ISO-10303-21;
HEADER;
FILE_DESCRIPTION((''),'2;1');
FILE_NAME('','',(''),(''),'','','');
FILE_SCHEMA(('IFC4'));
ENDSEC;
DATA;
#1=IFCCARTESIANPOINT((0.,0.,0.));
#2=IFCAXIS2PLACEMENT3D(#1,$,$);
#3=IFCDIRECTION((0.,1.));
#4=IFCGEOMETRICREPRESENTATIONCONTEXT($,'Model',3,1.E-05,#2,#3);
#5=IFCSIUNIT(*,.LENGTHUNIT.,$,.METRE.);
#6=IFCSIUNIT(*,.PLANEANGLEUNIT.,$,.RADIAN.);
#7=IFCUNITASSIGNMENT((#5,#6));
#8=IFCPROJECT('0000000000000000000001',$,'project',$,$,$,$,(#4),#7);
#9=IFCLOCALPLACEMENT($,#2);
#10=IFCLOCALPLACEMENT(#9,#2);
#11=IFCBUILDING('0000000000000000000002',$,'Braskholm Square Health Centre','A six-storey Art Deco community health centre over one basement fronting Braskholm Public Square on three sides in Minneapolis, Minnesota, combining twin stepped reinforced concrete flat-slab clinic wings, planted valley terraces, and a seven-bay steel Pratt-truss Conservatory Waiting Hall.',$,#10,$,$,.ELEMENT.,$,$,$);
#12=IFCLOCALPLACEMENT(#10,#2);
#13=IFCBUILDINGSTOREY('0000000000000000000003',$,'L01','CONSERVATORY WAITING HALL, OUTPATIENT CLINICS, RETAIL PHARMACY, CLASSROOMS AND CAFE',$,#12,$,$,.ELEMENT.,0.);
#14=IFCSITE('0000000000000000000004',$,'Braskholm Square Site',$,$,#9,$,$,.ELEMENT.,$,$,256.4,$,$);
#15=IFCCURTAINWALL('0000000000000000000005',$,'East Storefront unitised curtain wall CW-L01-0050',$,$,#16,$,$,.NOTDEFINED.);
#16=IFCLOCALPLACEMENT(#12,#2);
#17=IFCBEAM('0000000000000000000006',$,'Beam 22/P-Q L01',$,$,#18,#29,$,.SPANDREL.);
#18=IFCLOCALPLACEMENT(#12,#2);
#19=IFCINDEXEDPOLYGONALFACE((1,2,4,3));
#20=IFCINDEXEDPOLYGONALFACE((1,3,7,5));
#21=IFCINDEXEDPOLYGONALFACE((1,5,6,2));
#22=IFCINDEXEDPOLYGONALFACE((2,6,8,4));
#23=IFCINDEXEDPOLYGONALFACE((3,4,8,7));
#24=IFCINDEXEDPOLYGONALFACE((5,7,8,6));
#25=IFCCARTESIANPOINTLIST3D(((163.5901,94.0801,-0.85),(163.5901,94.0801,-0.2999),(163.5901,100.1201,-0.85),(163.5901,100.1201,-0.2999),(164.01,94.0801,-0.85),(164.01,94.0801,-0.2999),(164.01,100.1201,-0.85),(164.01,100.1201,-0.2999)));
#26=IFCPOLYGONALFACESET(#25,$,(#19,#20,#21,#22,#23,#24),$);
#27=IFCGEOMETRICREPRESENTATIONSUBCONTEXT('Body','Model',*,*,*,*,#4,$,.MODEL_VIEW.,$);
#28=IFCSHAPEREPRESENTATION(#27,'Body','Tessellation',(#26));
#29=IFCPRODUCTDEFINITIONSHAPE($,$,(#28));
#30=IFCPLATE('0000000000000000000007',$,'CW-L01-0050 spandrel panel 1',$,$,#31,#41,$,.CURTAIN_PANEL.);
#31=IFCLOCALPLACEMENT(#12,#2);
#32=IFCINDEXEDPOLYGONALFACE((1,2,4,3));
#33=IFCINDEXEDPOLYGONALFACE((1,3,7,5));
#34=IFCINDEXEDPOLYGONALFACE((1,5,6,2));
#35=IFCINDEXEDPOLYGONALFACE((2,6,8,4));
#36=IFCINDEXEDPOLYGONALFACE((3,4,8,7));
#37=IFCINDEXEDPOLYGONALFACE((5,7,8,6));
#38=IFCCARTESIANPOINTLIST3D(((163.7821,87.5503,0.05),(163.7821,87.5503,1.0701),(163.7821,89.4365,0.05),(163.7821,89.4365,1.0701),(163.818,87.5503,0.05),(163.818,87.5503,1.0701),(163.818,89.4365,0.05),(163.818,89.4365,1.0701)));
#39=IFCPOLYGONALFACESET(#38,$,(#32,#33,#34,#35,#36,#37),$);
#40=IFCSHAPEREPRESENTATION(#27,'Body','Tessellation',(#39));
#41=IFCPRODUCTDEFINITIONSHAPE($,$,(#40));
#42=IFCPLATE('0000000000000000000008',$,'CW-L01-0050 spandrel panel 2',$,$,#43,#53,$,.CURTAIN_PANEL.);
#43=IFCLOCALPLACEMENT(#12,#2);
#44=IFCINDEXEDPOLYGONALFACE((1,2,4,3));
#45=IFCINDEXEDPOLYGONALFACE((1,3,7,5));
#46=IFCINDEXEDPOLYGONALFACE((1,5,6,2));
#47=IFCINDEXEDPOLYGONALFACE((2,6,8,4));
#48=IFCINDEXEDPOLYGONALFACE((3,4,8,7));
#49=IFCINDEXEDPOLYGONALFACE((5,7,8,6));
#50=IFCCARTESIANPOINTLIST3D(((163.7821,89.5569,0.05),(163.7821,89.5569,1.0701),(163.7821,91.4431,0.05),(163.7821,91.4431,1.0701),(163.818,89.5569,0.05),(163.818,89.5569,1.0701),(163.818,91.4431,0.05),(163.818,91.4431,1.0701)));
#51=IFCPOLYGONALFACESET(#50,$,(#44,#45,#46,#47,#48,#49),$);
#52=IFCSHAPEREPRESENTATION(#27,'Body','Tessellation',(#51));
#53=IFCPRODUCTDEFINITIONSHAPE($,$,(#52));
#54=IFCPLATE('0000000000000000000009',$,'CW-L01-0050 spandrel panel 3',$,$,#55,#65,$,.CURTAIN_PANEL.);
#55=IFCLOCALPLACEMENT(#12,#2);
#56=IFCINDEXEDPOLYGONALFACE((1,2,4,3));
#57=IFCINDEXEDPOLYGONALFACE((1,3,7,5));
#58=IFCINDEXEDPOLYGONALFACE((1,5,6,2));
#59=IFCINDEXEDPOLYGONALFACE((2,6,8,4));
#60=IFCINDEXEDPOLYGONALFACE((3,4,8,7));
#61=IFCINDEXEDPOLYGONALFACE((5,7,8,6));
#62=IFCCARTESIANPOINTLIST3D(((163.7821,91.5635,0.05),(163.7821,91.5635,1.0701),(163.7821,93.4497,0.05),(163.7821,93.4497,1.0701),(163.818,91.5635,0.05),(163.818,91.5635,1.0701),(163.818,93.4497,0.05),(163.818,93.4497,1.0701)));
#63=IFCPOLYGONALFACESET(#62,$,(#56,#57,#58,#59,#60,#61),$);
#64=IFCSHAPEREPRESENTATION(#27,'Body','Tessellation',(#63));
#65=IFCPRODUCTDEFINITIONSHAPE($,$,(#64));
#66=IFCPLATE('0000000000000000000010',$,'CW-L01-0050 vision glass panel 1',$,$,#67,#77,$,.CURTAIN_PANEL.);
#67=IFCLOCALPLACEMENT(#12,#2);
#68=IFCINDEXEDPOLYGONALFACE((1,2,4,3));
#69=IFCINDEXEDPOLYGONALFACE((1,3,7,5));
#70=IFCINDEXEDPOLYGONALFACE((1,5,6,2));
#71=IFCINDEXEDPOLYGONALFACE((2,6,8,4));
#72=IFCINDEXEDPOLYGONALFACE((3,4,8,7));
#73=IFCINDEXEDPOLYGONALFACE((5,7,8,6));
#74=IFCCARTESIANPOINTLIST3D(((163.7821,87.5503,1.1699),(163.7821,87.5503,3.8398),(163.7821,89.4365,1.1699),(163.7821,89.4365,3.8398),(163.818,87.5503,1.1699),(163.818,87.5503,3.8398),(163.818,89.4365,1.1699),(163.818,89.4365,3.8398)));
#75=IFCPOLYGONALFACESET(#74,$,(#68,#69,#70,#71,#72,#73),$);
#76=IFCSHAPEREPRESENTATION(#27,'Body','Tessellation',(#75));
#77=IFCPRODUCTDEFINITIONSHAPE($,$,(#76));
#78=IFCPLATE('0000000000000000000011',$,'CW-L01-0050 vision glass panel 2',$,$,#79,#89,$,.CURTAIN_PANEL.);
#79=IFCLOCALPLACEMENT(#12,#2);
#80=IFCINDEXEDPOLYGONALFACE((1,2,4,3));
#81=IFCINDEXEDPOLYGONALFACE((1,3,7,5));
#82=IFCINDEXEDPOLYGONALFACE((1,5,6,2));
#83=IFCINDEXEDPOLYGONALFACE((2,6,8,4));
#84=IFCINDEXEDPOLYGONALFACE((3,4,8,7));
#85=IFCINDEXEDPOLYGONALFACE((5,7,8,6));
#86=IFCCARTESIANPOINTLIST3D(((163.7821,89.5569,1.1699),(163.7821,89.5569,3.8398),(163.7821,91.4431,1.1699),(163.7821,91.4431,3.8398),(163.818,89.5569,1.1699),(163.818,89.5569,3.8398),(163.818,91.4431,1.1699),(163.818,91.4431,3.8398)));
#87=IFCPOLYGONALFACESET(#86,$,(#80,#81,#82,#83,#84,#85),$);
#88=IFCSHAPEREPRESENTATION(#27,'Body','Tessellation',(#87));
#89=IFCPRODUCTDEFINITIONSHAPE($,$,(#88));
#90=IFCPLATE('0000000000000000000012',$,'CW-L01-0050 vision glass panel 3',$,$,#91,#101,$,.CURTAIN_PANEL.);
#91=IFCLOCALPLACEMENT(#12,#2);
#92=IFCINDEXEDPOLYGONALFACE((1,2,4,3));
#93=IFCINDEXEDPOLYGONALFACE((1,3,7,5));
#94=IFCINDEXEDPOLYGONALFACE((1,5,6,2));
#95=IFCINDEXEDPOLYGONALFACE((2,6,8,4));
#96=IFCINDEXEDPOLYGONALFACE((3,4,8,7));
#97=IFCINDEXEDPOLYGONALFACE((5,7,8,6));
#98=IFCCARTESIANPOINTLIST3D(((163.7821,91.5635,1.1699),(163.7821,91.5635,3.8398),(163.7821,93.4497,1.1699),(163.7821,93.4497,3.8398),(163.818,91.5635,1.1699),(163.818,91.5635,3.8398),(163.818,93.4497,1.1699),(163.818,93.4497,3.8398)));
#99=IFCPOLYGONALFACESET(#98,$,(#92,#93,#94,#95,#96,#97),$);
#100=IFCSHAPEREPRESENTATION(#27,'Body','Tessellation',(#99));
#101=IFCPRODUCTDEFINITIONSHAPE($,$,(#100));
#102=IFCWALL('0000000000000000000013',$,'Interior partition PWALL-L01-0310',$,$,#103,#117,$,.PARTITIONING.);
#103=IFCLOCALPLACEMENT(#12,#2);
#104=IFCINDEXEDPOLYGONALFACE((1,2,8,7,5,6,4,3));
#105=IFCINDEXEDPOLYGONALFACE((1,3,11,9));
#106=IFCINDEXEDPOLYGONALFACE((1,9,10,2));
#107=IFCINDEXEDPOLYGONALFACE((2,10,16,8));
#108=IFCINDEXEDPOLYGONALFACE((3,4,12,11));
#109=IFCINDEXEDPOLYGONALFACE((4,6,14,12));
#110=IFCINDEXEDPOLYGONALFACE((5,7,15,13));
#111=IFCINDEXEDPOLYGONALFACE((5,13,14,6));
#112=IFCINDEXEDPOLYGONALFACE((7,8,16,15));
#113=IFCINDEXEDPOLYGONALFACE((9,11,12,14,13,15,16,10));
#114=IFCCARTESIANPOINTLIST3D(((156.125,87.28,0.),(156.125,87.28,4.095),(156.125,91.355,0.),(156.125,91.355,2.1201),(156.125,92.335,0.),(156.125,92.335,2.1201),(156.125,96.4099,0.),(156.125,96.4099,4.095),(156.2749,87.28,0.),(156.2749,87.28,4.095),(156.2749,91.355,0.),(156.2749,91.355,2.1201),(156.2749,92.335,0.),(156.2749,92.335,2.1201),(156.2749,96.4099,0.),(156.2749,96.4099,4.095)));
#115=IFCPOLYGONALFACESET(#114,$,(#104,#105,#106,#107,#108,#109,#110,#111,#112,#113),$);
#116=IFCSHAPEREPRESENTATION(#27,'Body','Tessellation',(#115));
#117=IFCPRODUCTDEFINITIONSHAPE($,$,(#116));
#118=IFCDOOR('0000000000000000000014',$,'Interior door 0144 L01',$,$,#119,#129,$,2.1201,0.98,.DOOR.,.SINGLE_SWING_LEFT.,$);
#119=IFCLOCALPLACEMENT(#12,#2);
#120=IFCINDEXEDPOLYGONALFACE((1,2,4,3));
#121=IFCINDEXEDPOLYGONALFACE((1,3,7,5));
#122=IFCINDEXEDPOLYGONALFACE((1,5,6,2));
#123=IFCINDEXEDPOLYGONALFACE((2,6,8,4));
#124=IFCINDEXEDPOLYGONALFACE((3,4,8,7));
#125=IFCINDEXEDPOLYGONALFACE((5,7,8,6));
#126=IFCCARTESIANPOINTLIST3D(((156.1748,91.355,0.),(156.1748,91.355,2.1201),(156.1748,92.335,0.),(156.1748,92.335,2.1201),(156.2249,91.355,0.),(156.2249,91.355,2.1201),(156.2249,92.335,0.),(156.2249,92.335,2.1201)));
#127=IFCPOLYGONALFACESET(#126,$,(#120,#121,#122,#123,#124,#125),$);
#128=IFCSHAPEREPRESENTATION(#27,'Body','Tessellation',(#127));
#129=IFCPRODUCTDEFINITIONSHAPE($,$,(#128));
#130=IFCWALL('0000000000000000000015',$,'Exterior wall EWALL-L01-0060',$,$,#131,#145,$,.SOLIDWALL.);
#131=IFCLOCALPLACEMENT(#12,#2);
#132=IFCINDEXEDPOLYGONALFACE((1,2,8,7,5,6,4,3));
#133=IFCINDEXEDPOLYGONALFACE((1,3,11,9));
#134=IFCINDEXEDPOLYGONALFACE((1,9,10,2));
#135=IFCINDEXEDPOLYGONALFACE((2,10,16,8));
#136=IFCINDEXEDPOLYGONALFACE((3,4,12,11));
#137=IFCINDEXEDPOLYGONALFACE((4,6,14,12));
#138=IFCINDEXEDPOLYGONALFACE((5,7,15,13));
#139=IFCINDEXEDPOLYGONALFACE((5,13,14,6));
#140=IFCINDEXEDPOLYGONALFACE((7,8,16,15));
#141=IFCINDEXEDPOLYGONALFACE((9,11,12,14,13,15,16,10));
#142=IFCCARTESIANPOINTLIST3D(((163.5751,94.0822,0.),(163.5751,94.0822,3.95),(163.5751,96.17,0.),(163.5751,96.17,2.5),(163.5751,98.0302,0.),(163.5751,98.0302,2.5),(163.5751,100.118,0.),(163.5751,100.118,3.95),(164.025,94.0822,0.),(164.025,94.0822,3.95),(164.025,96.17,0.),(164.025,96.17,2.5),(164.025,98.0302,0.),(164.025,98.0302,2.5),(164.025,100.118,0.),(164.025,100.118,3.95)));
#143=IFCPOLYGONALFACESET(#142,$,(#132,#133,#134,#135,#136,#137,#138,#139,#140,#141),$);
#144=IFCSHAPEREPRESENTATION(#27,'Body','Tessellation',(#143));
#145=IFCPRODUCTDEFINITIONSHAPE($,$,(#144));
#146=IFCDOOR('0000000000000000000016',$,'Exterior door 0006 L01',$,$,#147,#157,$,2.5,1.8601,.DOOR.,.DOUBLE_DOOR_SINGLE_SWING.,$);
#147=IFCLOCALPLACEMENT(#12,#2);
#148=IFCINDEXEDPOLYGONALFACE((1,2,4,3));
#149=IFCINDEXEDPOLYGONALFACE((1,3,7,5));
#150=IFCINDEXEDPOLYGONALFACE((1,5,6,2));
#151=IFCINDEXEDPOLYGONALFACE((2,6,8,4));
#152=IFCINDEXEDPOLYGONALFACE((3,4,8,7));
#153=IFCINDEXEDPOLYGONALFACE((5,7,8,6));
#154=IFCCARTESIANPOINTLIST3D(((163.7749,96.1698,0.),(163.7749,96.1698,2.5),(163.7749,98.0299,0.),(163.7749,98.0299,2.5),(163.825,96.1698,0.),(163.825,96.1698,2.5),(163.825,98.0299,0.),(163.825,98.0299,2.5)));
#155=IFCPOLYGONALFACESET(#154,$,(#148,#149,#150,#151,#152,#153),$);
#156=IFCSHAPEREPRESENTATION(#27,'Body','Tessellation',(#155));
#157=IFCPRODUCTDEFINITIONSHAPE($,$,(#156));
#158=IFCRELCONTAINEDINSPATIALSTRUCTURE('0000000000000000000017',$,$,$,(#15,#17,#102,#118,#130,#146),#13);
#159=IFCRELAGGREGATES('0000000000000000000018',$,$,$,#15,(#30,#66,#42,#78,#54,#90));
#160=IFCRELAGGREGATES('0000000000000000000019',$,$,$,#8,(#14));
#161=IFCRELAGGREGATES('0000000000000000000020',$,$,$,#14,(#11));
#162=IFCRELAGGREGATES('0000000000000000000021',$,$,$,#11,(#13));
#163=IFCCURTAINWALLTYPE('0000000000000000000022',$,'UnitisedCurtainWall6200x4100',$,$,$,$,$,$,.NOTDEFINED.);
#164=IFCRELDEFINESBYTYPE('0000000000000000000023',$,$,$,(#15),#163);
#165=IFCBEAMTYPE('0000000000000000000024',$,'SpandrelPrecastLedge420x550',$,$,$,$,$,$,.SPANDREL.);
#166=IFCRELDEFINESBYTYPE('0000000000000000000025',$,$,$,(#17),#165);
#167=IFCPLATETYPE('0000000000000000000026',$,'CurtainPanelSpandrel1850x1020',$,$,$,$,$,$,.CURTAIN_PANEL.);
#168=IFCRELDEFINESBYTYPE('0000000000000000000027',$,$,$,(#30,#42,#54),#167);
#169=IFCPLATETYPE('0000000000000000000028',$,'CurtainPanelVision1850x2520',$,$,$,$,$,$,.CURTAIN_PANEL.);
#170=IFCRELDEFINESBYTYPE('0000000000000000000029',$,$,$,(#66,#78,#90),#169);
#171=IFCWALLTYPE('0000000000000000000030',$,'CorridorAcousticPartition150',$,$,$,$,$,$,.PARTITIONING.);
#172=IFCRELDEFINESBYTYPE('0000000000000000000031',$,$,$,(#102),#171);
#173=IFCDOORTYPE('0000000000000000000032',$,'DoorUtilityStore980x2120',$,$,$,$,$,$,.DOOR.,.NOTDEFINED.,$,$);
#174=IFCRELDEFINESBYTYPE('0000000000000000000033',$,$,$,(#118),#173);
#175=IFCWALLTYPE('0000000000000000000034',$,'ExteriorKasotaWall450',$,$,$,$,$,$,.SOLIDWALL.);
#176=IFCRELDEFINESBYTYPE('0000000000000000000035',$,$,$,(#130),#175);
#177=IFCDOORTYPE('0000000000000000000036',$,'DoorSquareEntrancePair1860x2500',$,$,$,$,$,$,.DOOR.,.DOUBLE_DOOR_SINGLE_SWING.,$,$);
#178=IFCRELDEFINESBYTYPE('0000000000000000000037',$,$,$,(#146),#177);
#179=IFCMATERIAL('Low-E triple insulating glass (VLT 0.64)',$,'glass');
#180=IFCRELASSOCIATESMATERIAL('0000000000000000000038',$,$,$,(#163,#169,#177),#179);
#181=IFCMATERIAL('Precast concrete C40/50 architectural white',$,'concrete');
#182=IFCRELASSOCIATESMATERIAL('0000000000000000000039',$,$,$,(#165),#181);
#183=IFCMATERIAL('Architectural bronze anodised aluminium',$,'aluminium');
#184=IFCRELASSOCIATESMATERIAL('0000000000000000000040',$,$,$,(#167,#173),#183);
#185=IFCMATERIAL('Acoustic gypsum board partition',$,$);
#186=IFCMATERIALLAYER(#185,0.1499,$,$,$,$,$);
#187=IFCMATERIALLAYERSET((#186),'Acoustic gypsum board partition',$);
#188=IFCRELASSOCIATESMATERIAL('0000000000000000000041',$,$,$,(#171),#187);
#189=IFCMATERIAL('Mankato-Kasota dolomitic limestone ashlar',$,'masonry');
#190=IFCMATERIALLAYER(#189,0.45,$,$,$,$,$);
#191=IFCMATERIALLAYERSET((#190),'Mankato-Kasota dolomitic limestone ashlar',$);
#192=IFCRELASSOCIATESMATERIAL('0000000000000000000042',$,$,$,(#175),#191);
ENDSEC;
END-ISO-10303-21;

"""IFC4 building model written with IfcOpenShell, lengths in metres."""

from ifc_helpers import new_model, si_unit, direction, frame, frame_2d, origin, origin_2d, place, context, subcontext, project, spatial, rectangle, extrude, material, layer, layer_set, material_profile, profile_set, type_object, element, fill, aggregate, save


model = new_model("IFC4")

# Units and contexts
model_context = context("Model", 3, precision=1e-05, world=origin(), true_north=direction((0.0, 1.0)))
body_context = subcontext(model_context, "Body", "Model", "MODEL_VIEW")
ifc_project = project(units=[si_unit("LENGTHUNIT", "METRE"), si_unit("PLANEANGLEUNIT", "RADIAN")], contexts=[model_context])

# Site, building, storey
site_placement = place(None, origin())
site = spatial("IfcSite", under=ifc_project, at=site_placement, Name="Braskholm Square Site", CompositionType="ELEMENT", RefElevation=256.4)
building_placement = place(site_placement, origin())
building = spatial("IfcBuilding", under=site, at=building_placement, Name="Braskholm Square Health Centre", Description="A six-storey Art Deco community health centre over one basement fronting Braskholm Public Square on three sides in Minneapolis, Minnesota, combining twin stepped reinforced concrete flat-slab clinic wings, planted valley terraces, and a seven-bay steel Pratt-truss Conservatory Waiting Hall.", CompositionType="ELEMENT")
storey_placement = place(building_placement, origin())
storey = spatial("IfcBuildingStorey", under=building, at=storey_placement, Name="L01", Description="CONSERVATORY WAITING HALL, OUTPATIENT CLINICS, RETAIL PHARMACY, CLASSROOMS AND CAFE", CompositionType="ELEMENT", Elevation=0.0)

# Shared definitions
ifc_material_1 = material(Name="Precast concrete C40/50 architectural white", Category="concrete")

# Curtain wall
ifc_material_2 = material(Name="Low-E triple insulating glass (VLT 0.64)", Category="glass")
curtain_wall_type = type_object("IfcCurtainWallType", Name="UnitisedCurtainWall6200x4100", PredefinedType="NOTDEFINED", material=ifc_material_2)
curtain_wall_placement = place(storey_placement, origin())
curtain_wall = element("IfcCurtainWall", 1, at=curtain_wall_placement, inside=storey, type_object=curtain_wall_type, Name="East Storefront unitised curtain wall CW-L01-0050", PredefinedType="NOTDEFINED")
ifc_material_3 = material(Name="Architectural bronze anodised aluminium", Category="aluminium")

# Beam
ifc_material_profile_1 = material_profile(ifc_material_1, rectangle(XDim=0.4199, YDim=0.55, at=origin_2d()), Name="RCB-420X550")
ifc_profile_set_1 = profile_set([ifc_material_profile_1], Name="Precast concrete C40/50 architectural white")
beam_type_1 = type_object("IfcBeamType", Name="SpandrelPrecastLedge420x550", PredefinedType="SPANDREL", material=ifc_profile_set_1)
for number, where, z_axis, x_axis, name in (
    (2, (163.8, 94.0801, -0.575), (0.0, 1.0, 0.0), (-1.0, 0.0, 0.0), "Beam 22/P-Q L01"),
):
    element("IfcBeam", number, at=place(storey_placement, frame(where, z_axis=z_axis, x_axis=x_axis)), inside=storey, type_object=beam_type_1, Name=name, PredefinedType="SPANDREL", context=body_context, shape_type="SweptSolid", body=[
        extrude(rectangle(XDim=0.4199, YDim=0.55, at=origin_2d()), origin(), (0.0, 0.0, 1.0), 6.04),
    ])

# Plates
plate_type_1 = type_object("IfcPlateType", Name="CurtainPanelSpandrel1850x1020", PredefinedType="CURTAIN_PANEL", material=ifc_material_3)
plate_1_placement = place(storey_placement, frame((163.8, 88.4934, 0.05), z_axis=(0.0, 0.0, 1.0), x_axis=(0.0, 1.0, 0.0)))
plate_1 = element("IfcPlate", 3, at=plate_1_placement, type_object=plate_type_1, Name="CW-L01-0050 spandrel panel 1", PredefinedType="CURTAIN_PANEL", context=body_context, shape_type="SweptSolid", body=[
    extrude(rectangle(XDim=1.8862, YDim=0.0359, at=origin_2d()), origin(), (0.0, 0.0, 1.0), 1.02),
])
plate_2_placement = place(storey_placement, frame((163.8, 90.5, 0.05), z_axis=(0.0, 0.0, 1.0), x_axis=(0.0, 1.0, 0.0)))
plate_2 = element("IfcPlate", 4, at=plate_2_placement, type_object=plate_type_1, Name="CW-L01-0050 spandrel panel 2", PredefinedType="CURTAIN_PANEL", context=body_context, shape_type="SweptSolid", body=[
    extrude(rectangle(XDim=1.8862, YDim=0.0359, at=origin_2d()), origin(), (0.0, 0.0, 1.0), 1.02),
])
plate_3_placement = place(storey_placement, frame((163.8, 92.5066, 0.05), z_axis=(0.0, 0.0, 1.0), x_axis=(0.0, 1.0, 0.0)))
plate_3 = element("IfcPlate", 5, at=plate_3_placement, type_object=plate_type_1, Name="CW-L01-0050 spandrel panel 3", PredefinedType="CURTAIN_PANEL", context=body_context, shape_type="SweptSolid", body=[
    extrude(rectangle(XDim=1.8862, YDim=0.0359, at=origin_2d()), origin(), (0.0, 0.0, 1.0), 1.02),
])
plate_type_2 = type_object("IfcPlateType", Name="CurtainPanelVision1850x2520", PredefinedType="CURTAIN_PANEL", material=ifc_material_2)
plate_4_placement = place(storey_placement, frame((163.8, 88.4934, 1.1699), z_axis=(0.0, 0.0, 1.0), x_axis=(0.0, 1.0, 0.0)))
plate_4 = element("IfcPlate", 6, at=plate_4_placement, type_object=plate_type_2, Name="CW-L01-0050 vision glass panel 1", PredefinedType="CURTAIN_PANEL", context=body_context, shape_type="SweptSolid", body=[
    extrude(rectangle(XDim=1.8862, YDim=0.0359, at=origin_2d()), origin(), (0.0, 0.0, 1.0), 2.6699),
])
plate_5_placement = place(storey_placement, frame((163.8, 90.5, 1.1699), z_axis=(0.0, 0.0, 1.0), x_axis=(0.0, 1.0, 0.0)))
plate_5 = element("IfcPlate", 7, at=plate_5_placement, type_object=plate_type_2, Name="CW-L01-0050 vision glass panel 2", PredefinedType="CURTAIN_PANEL", context=body_context, shape_type="SweptSolid", body=[
    extrude(rectangle(XDim=1.8862, YDim=0.0359, at=origin_2d()), origin(), (0.0, 0.0, 1.0), 2.6699),
])
plate_6_placement = place(storey_placement, frame((163.8, 92.5066, 1.1699), z_axis=(0.0, 0.0, 1.0), x_axis=(0.0, 1.0, 0.0)))
plate_6 = element("IfcPlate", 8, at=plate_6_placement, type_object=plate_type_2, Name="CW-L01-0050 vision glass panel 3", PredefinedType="CURTAIN_PANEL", context=body_context, shape_type="SweptSolid", body=[
    extrude(rectangle(XDim=1.8862, YDim=0.0359, at=origin_2d()), origin(), (0.0, 0.0, 1.0), 2.6699),
])
aggregate(curtain_wall, [plate_1, plate_4, plate_2, plate_5, plate_3, plate_6])

# Walls, openings, doors
ifc_material_4 = material(Name="Acoustic gypsum board partition")
ifc_layer_1 = layer(ifc_material_4, 0.1499)
ifc_layer_set_1 = layer_set([ifc_layer_1], Name="Acoustic gypsum board partition")
wall_type_1 = type_object("IfcWallType", Name="CorridorAcousticPartition150", PredefinedType="PARTITIONING", material=ifc_layer_set_1)
wall_1_placement = place(storey_placement, frame((156.2, 87.28, 0.0), z_axis=(0.0, 0.0, 1.0), x_axis=(0.0, 1.0, 0.0)))
wall_1 = element("IfcWall", 9, at=wall_1_placement, inside=storey, type_object=wall_type_1, Name="Interior partition PWALL-L01-0310", PredefinedType="PARTITIONING", context=body_context, shape_type="SweptSolid", body=[
    extrude(rectangle(XDim=9.1299, YDim=0.1499, at=frame_2d((4.5649, 0.0))), origin(), (0.0, 0.0, 1.0), 4.095),
])
opening_1_placement = place(wall_1_placement, frame((4.075, 0.0, 0.0)))
opening_1 = element("IfcOpeningElement", 10, at=opening_1_placement, cuts=wall_1, PredefinedType="OPENING", context=body_context, shape_type="SweptSolid", body=[
    extrude(rectangle(XDim=0.98, YDim=2.1201, at=frame_2d((0.49, 1.0601))), frame((0.0, 0.085, 0.0), z_axis=(0.0, -1.0, 0.0), x_axis=(1.0, 0.0, 0.0)), (0.0, 0.0, 1.0), 0.1699),
])
door_type_1 = type_object("IfcDoorType", Name="DoorUtilityStore980x2120", OperationType="NOTDEFINED", PredefinedType="DOOR", material=ifc_material_3)
door_1_placement = place(opening_1_placement, frame((0.98, 0.0, 0.0), z_axis=(0.0, 0.0, 1.0), x_axis=(-1.0, 0.0, 0.0)))
door_1 = element("IfcDoor", 11, at=door_1_placement, inside=storey, type_object=door_type_1, Name="Interior door 0144 L01", OperationType="SINGLE_SWING_LEFT", OverallHeight=2.1201, OverallWidth=0.98, PredefinedType="DOOR", context=body_context, shape_type="SweptSolid", body=[
    extrude(rectangle(XDim=0.98, YDim=2.1201, at=frame_2d((0.49, 1.0601))), frame((0.0, 0.0249, 0.0), z_axis=(0.0, -1.0, 0.0), x_axis=(1.0, 0.0, 0.0)), (0.0, 0.0, 1.0), 0.05),
])
fill(opening_1, door_1)
ifc_material_5 = material(Name="Mankato-Kasota dolomitic limestone ashlar", Category="masonry")
ifc_layer_2 = layer(ifc_material_5, 0.45)
ifc_layer_set_2 = layer_set([ifc_layer_2], Name="Mankato-Kasota dolomitic limestone ashlar")
wall_type_2 = type_object("IfcWallType", Name="ExteriorKasotaWall450", PredefinedType="SOLIDWALL", material=ifc_layer_set_2)
wall_2_placement = place(storey_placement, frame((163.8, 94.082, 0.0), z_axis=(0.0, 0.0, 1.0), x_axis=(0.0, 1.0, 0.0)))
wall_2 = element("IfcWall", 12, at=wall_2_placement, inside=storey, type_object=wall_type_2, Name="Exterior wall EWALL-L01-0060", PredefinedType="SOLIDWALL", context=body_context, shape_type="SweptSolid", body=[
    extrude(rectangle(XDim=6.0359, YDim=0.45, at=frame_2d((3.0181, 0.0))), origin(), (0.0, 0.0, 1.0), 3.95),
])
opening_2_placement = place(wall_2_placement, frame((2.0879, 0.0, 0.0)))
opening_2 = element("IfcOpeningElement", 13, at=opening_2_placement, cuts=wall_2, PredefinedType="OPENING", context=body_context, shape_type="SweptSolid", body=[
    extrude(rectangle(XDim=1.8601, YDim=2.5, at=frame_2d((0.9302, 1.25))), frame((0.0, 0.2349, 0.0), z_axis=(0.0, -1.0, 0.0), x_axis=(1.0, 0.0, 0.0)), (0.0, 0.0, 1.0), 0.47),
])
door_type_2 = type_object("IfcDoorType", Name="DoorSquareEntrancePair1860x2500", OperationType="DOUBLE_DOOR_SINGLE_SWING", PredefinedType="DOOR", material=ifc_material_2)
door_2_placement = place(opening_2_placement, frame((1.8601, 0.0, 0.0), z_axis=(0.0, 0.0, 1.0), x_axis=(-1.0, 0.0, 0.0)))
door_2 = element("IfcDoor", 14, at=door_2_placement, inside=storey, type_object=door_type_2, Name="Exterior door 0006 L01", OperationType="DOUBLE_DOOR_SINGLE_SWING", OverallHeight=2.5, OverallWidth=1.8601, PredefinedType="DOOR", context=body_context, shape_type="SweptSolid", body=[
    extrude(rectangle(XDim=1.8601, YDim=2.5, at=frame_2d((0.9302, 1.25))), frame((0.0, 0.0249, 0.0), z_axis=(0.0, -1.0, 0.0), x_axis=(1.0, 0.0, 0.0)), (0.0, 0.0, 1.0), 0.05),
])
fill(opening_2, door_2)

save(model, "model.ifc")
